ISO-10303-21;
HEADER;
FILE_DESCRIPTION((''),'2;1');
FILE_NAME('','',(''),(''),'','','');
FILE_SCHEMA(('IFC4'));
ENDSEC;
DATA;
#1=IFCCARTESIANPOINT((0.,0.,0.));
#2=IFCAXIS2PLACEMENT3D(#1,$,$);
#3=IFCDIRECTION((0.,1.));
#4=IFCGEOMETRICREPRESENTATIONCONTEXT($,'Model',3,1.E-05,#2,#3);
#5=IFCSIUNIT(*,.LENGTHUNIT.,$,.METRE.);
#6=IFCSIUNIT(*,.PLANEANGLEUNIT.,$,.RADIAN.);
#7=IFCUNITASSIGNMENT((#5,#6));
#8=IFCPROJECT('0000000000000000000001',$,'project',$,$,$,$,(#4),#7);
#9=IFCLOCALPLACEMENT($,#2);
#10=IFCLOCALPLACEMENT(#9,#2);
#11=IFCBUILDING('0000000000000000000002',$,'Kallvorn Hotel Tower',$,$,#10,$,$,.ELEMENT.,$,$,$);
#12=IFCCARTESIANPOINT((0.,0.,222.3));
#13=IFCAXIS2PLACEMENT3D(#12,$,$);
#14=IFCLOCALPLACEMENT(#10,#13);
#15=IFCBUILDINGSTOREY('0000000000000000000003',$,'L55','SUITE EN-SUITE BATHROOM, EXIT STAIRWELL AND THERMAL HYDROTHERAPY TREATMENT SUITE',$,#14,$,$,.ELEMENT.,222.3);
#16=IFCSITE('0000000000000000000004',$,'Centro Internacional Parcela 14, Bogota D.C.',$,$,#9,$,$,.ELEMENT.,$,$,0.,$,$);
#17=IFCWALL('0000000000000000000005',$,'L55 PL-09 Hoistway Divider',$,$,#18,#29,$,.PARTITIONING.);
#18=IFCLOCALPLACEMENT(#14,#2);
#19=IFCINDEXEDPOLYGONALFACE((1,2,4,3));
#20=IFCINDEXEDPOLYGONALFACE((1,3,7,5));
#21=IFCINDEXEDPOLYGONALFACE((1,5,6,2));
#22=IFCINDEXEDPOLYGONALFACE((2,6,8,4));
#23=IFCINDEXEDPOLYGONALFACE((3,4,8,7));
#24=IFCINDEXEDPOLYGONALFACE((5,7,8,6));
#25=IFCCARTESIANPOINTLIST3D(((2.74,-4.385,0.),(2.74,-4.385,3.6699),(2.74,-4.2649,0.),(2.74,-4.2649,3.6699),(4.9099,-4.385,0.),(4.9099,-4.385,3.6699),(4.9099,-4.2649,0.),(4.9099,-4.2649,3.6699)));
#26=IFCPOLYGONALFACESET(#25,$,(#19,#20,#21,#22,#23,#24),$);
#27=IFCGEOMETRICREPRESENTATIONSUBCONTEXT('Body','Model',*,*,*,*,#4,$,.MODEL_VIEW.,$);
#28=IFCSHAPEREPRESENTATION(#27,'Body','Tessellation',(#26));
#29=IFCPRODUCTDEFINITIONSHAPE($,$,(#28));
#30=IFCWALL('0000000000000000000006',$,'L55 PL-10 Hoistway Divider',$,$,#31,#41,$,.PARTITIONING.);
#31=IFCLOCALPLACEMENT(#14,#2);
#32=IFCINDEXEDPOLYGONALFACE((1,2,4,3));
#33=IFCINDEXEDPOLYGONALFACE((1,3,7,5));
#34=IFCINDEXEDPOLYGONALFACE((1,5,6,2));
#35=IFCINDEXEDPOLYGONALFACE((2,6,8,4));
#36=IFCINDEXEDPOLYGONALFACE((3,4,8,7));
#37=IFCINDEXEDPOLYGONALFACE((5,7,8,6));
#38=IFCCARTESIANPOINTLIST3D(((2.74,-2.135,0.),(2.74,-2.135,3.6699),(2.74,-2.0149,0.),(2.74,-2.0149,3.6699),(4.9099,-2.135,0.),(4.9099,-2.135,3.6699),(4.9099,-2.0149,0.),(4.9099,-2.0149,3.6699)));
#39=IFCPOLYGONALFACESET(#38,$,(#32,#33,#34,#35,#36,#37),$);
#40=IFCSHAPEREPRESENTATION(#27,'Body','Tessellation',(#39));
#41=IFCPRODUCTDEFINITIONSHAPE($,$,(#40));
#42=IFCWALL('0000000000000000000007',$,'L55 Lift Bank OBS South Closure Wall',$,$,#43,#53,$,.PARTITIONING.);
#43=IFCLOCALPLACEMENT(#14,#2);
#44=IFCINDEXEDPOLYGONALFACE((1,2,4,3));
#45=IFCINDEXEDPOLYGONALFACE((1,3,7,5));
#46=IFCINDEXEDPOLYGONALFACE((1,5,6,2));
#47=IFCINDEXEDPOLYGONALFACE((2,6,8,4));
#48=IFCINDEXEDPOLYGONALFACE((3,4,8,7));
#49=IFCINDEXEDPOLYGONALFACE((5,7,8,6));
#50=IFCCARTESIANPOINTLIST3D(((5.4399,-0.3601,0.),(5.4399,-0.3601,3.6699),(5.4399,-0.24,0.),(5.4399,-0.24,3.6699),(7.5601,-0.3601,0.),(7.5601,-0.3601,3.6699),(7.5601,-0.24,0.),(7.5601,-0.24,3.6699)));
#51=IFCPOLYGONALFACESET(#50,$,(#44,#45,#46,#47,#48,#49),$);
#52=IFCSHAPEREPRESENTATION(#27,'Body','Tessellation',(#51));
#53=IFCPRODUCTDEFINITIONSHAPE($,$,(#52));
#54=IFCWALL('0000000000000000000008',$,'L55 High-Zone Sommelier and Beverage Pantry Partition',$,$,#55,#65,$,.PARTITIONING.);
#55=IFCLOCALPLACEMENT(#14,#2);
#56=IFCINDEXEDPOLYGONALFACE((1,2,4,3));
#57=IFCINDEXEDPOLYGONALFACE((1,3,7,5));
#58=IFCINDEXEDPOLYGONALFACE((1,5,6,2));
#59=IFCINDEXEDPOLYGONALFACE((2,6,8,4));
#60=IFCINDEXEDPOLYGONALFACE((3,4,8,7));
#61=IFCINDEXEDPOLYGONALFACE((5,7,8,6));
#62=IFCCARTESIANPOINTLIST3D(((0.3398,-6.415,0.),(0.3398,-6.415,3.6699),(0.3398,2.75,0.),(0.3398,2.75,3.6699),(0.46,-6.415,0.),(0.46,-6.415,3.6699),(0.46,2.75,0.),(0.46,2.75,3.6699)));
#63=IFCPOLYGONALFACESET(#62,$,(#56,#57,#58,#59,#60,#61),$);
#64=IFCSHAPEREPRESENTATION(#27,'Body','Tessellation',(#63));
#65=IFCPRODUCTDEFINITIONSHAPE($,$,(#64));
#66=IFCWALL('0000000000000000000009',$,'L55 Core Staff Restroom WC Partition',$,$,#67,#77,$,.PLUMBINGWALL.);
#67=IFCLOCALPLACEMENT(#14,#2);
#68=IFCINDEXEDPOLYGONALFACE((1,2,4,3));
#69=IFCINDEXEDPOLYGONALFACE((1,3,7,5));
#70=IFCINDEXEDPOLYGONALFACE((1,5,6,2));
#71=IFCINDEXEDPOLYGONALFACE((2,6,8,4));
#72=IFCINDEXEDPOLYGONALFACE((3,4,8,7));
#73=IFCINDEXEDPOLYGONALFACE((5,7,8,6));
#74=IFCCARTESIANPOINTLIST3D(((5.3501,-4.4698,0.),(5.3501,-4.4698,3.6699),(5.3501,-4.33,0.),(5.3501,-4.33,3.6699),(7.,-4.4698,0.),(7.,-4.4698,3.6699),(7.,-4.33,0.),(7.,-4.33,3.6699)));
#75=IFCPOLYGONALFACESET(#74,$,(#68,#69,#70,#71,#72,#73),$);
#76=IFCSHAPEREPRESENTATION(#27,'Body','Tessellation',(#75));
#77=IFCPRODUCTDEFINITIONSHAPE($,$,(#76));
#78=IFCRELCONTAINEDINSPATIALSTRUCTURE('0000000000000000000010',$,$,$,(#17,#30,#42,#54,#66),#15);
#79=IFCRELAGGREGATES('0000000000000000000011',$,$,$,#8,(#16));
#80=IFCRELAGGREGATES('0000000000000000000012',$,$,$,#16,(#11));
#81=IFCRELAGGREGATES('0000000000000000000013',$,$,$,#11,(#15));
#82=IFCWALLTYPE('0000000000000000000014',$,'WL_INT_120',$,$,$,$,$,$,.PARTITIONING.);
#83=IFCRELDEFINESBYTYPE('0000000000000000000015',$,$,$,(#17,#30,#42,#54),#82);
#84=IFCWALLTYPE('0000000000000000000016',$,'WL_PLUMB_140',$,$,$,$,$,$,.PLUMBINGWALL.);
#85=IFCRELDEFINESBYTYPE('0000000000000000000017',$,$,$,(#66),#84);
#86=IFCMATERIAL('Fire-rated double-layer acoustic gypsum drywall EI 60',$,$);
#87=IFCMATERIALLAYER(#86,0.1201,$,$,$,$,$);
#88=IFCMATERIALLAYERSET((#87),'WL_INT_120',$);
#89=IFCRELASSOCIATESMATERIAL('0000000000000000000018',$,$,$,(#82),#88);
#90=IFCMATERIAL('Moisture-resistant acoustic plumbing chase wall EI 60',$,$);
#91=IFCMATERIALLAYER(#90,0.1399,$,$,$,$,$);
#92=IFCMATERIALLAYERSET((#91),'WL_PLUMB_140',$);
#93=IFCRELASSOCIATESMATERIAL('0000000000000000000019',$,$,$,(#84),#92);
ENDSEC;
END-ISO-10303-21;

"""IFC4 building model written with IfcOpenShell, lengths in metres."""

from ifc_helpers import new_model, si_unit, direction, frame, frame_2d, origin, place, context, subcontext, project, spatial, rectangle, extrude, material, layer, layer_set, type_object, element, save


model = new_model("IFC4")

# Units and contexts
model_context = context("Model", 3, precision=1e-05, world=origin(), true_north=direction((0.0, 1.0)))
body_context = subcontext(model_context, "Body", "Model", "MODEL_VIEW")
ifc_project = project(units=[si_unit("LENGTHUNIT", "METRE"), si_unit("PLANEANGLEUNIT", "RADIAN")], contexts=[model_context])

# Site, building, storey
site_placement = place(None, origin())
site = spatial("IfcSite", under=ifc_project, at=site_placement, Name="Centro Internacional Parcela 14, Bogota D.C.", CompositionType="ELEMENT", RefElevation=0.0)
building_placement = place(site_placement, origin())
building = spatial("IfcBuilding", under=site, at=building_placement, Name="Kallvorn Hotel Tower", CompositionType="ELEMENT")
storey_placement = place(building_placement, frame((0.0, 0.0, 222.3)))
storey = spatial("IfcBuildingStorey", under=building, at=storey_placement, Name="L55", Description="SUITE EN-SUITE BATHROOM, EXIT STAIRWELL AND THERMAL HYDROTHERAPY TREATMENT SUITE", CompositionType="ELEMENT", Elevation=222.3)

# Walls
ifc_material_1 = material(Name="Fire-rated double-layer acoustic gypsum drywall EI 60")
ifc_layer_1 = layer(ifc_material_1, 0.1201)
ifc_layer_set_1 = layer_set([ifc_layer_1], Name="WL_INT_120")
wall_type_1 = type_object("IfcWallType", Name="WL_INT_120", PredefinedType="PARTITIONING", material=ifc_layer_set_1)
for number, where, z_axis, x_axis, name in (
    (1, (2.74, -4.325, 0.0), (0.0, 0.0, 1.0), (1.0, 0.0, 0.0), "L55 PL-09 Hoistway Divider"),
    (2, (2.74, -2.075, 0.0), (0.0, 0.0, 1.0), (1.0, 0.0, 0.0), "L55 PL-10 Hoistway Divider"),
):
    element("IfcWall", number, at=place(storey_placement, frame(where, z_axis=z_axis, x_axis=x_axis)), inside=storey, type_object=wall_type_1, Name=name, PredefinedType="PARTITIONING", context=body_context, shape_type="SweptSolid", body=[
        extrude(rectangle(XDim=2.1699, YDim=0.1201, at=frame_2d((1.085, 0.0))), origin(), (0.0, 0.0, 1.0), 3.6699),
    ])
wall_1_placement = place(storey_placement, frame((5.4399, -0.3, 0.0), z_axis=(0.0, 0.0, 1.0), x_axis=(1.0, 0.0, 0.0)))
element("IfcWall", 3, at=wall_1_placement, inside=storey, type_object=wall_type_1, Name="L55 Lift Bank OBS South Closure Wall", PredefinedType="PARTITIONING", context=body_context, shape_type="SweptSolid", body=[
    extrude(rectangle(XDim=2.1201, YDim=0.1201, at=frame_2d((1.0601, 0.0))), origin(), (0.0, 0.0, 1.0), 3.6699),
])
wall_2_placement = place(storey_placement, frame((0.3999, -6.415, 0.0), z_axis=(0.0, 0.0, 1.0), x_axis=(0.0, 1.0, 0.0)))
element("IfcWall", 4, at=wall_2_placement, inside=storey, type_object=wall_type_1, Name="L55 High-Zone Sommelier and Beverage Pantry Partition", PredefinedType="PARTITIONING", context=body_context, shape_type="SweptSolid", body=[
    extrude(rectangle(XDim=9.165, YDim=0.1201, at=frame_2d((4.5825, 0.0))), origin(), (0.0, 0.0, 1.0), 3.6699),
])
ifc_material_2 = material(Name="Moisture-resistant acoustic plumbing chase wall EI 60")
ifc_layer_2 = layer(ifc_material_2, 0.1399)
ifc_layer_set_2 = layer_set([ifc_layer_2], Name="WL_PLUMB_140")
wall_type_2 = type_object("IfcWallType", Name="WL_PLUMB_140", PredefinedType="PLUMBINGWALL", material=ifc_layer_set_2)
wall_3_placement = place(storey_placement, frame((5.3501, -4.3999, 0.0), z_axis=(0.0, 0.0, 1.0), x_axis=(1.0, 0.0, 0.0)))
element("IfcWall", 5, at=wall_3_placement, inside=storey, type_object=wall_type_2, Name="L55 Core Staff Restroom WC Partition", PredefinedType="PLUMBINGWALL", context=body_context, shape_type="SweptSolid", body=[
    extrude(rectangle(XDim=1.6499, YDim=0.1399, at=frame_2d((0.825, 0.0))), origin(), (0.0, 0.0, 1.0), 3.6699),
])

save(model, "model.ifc")
